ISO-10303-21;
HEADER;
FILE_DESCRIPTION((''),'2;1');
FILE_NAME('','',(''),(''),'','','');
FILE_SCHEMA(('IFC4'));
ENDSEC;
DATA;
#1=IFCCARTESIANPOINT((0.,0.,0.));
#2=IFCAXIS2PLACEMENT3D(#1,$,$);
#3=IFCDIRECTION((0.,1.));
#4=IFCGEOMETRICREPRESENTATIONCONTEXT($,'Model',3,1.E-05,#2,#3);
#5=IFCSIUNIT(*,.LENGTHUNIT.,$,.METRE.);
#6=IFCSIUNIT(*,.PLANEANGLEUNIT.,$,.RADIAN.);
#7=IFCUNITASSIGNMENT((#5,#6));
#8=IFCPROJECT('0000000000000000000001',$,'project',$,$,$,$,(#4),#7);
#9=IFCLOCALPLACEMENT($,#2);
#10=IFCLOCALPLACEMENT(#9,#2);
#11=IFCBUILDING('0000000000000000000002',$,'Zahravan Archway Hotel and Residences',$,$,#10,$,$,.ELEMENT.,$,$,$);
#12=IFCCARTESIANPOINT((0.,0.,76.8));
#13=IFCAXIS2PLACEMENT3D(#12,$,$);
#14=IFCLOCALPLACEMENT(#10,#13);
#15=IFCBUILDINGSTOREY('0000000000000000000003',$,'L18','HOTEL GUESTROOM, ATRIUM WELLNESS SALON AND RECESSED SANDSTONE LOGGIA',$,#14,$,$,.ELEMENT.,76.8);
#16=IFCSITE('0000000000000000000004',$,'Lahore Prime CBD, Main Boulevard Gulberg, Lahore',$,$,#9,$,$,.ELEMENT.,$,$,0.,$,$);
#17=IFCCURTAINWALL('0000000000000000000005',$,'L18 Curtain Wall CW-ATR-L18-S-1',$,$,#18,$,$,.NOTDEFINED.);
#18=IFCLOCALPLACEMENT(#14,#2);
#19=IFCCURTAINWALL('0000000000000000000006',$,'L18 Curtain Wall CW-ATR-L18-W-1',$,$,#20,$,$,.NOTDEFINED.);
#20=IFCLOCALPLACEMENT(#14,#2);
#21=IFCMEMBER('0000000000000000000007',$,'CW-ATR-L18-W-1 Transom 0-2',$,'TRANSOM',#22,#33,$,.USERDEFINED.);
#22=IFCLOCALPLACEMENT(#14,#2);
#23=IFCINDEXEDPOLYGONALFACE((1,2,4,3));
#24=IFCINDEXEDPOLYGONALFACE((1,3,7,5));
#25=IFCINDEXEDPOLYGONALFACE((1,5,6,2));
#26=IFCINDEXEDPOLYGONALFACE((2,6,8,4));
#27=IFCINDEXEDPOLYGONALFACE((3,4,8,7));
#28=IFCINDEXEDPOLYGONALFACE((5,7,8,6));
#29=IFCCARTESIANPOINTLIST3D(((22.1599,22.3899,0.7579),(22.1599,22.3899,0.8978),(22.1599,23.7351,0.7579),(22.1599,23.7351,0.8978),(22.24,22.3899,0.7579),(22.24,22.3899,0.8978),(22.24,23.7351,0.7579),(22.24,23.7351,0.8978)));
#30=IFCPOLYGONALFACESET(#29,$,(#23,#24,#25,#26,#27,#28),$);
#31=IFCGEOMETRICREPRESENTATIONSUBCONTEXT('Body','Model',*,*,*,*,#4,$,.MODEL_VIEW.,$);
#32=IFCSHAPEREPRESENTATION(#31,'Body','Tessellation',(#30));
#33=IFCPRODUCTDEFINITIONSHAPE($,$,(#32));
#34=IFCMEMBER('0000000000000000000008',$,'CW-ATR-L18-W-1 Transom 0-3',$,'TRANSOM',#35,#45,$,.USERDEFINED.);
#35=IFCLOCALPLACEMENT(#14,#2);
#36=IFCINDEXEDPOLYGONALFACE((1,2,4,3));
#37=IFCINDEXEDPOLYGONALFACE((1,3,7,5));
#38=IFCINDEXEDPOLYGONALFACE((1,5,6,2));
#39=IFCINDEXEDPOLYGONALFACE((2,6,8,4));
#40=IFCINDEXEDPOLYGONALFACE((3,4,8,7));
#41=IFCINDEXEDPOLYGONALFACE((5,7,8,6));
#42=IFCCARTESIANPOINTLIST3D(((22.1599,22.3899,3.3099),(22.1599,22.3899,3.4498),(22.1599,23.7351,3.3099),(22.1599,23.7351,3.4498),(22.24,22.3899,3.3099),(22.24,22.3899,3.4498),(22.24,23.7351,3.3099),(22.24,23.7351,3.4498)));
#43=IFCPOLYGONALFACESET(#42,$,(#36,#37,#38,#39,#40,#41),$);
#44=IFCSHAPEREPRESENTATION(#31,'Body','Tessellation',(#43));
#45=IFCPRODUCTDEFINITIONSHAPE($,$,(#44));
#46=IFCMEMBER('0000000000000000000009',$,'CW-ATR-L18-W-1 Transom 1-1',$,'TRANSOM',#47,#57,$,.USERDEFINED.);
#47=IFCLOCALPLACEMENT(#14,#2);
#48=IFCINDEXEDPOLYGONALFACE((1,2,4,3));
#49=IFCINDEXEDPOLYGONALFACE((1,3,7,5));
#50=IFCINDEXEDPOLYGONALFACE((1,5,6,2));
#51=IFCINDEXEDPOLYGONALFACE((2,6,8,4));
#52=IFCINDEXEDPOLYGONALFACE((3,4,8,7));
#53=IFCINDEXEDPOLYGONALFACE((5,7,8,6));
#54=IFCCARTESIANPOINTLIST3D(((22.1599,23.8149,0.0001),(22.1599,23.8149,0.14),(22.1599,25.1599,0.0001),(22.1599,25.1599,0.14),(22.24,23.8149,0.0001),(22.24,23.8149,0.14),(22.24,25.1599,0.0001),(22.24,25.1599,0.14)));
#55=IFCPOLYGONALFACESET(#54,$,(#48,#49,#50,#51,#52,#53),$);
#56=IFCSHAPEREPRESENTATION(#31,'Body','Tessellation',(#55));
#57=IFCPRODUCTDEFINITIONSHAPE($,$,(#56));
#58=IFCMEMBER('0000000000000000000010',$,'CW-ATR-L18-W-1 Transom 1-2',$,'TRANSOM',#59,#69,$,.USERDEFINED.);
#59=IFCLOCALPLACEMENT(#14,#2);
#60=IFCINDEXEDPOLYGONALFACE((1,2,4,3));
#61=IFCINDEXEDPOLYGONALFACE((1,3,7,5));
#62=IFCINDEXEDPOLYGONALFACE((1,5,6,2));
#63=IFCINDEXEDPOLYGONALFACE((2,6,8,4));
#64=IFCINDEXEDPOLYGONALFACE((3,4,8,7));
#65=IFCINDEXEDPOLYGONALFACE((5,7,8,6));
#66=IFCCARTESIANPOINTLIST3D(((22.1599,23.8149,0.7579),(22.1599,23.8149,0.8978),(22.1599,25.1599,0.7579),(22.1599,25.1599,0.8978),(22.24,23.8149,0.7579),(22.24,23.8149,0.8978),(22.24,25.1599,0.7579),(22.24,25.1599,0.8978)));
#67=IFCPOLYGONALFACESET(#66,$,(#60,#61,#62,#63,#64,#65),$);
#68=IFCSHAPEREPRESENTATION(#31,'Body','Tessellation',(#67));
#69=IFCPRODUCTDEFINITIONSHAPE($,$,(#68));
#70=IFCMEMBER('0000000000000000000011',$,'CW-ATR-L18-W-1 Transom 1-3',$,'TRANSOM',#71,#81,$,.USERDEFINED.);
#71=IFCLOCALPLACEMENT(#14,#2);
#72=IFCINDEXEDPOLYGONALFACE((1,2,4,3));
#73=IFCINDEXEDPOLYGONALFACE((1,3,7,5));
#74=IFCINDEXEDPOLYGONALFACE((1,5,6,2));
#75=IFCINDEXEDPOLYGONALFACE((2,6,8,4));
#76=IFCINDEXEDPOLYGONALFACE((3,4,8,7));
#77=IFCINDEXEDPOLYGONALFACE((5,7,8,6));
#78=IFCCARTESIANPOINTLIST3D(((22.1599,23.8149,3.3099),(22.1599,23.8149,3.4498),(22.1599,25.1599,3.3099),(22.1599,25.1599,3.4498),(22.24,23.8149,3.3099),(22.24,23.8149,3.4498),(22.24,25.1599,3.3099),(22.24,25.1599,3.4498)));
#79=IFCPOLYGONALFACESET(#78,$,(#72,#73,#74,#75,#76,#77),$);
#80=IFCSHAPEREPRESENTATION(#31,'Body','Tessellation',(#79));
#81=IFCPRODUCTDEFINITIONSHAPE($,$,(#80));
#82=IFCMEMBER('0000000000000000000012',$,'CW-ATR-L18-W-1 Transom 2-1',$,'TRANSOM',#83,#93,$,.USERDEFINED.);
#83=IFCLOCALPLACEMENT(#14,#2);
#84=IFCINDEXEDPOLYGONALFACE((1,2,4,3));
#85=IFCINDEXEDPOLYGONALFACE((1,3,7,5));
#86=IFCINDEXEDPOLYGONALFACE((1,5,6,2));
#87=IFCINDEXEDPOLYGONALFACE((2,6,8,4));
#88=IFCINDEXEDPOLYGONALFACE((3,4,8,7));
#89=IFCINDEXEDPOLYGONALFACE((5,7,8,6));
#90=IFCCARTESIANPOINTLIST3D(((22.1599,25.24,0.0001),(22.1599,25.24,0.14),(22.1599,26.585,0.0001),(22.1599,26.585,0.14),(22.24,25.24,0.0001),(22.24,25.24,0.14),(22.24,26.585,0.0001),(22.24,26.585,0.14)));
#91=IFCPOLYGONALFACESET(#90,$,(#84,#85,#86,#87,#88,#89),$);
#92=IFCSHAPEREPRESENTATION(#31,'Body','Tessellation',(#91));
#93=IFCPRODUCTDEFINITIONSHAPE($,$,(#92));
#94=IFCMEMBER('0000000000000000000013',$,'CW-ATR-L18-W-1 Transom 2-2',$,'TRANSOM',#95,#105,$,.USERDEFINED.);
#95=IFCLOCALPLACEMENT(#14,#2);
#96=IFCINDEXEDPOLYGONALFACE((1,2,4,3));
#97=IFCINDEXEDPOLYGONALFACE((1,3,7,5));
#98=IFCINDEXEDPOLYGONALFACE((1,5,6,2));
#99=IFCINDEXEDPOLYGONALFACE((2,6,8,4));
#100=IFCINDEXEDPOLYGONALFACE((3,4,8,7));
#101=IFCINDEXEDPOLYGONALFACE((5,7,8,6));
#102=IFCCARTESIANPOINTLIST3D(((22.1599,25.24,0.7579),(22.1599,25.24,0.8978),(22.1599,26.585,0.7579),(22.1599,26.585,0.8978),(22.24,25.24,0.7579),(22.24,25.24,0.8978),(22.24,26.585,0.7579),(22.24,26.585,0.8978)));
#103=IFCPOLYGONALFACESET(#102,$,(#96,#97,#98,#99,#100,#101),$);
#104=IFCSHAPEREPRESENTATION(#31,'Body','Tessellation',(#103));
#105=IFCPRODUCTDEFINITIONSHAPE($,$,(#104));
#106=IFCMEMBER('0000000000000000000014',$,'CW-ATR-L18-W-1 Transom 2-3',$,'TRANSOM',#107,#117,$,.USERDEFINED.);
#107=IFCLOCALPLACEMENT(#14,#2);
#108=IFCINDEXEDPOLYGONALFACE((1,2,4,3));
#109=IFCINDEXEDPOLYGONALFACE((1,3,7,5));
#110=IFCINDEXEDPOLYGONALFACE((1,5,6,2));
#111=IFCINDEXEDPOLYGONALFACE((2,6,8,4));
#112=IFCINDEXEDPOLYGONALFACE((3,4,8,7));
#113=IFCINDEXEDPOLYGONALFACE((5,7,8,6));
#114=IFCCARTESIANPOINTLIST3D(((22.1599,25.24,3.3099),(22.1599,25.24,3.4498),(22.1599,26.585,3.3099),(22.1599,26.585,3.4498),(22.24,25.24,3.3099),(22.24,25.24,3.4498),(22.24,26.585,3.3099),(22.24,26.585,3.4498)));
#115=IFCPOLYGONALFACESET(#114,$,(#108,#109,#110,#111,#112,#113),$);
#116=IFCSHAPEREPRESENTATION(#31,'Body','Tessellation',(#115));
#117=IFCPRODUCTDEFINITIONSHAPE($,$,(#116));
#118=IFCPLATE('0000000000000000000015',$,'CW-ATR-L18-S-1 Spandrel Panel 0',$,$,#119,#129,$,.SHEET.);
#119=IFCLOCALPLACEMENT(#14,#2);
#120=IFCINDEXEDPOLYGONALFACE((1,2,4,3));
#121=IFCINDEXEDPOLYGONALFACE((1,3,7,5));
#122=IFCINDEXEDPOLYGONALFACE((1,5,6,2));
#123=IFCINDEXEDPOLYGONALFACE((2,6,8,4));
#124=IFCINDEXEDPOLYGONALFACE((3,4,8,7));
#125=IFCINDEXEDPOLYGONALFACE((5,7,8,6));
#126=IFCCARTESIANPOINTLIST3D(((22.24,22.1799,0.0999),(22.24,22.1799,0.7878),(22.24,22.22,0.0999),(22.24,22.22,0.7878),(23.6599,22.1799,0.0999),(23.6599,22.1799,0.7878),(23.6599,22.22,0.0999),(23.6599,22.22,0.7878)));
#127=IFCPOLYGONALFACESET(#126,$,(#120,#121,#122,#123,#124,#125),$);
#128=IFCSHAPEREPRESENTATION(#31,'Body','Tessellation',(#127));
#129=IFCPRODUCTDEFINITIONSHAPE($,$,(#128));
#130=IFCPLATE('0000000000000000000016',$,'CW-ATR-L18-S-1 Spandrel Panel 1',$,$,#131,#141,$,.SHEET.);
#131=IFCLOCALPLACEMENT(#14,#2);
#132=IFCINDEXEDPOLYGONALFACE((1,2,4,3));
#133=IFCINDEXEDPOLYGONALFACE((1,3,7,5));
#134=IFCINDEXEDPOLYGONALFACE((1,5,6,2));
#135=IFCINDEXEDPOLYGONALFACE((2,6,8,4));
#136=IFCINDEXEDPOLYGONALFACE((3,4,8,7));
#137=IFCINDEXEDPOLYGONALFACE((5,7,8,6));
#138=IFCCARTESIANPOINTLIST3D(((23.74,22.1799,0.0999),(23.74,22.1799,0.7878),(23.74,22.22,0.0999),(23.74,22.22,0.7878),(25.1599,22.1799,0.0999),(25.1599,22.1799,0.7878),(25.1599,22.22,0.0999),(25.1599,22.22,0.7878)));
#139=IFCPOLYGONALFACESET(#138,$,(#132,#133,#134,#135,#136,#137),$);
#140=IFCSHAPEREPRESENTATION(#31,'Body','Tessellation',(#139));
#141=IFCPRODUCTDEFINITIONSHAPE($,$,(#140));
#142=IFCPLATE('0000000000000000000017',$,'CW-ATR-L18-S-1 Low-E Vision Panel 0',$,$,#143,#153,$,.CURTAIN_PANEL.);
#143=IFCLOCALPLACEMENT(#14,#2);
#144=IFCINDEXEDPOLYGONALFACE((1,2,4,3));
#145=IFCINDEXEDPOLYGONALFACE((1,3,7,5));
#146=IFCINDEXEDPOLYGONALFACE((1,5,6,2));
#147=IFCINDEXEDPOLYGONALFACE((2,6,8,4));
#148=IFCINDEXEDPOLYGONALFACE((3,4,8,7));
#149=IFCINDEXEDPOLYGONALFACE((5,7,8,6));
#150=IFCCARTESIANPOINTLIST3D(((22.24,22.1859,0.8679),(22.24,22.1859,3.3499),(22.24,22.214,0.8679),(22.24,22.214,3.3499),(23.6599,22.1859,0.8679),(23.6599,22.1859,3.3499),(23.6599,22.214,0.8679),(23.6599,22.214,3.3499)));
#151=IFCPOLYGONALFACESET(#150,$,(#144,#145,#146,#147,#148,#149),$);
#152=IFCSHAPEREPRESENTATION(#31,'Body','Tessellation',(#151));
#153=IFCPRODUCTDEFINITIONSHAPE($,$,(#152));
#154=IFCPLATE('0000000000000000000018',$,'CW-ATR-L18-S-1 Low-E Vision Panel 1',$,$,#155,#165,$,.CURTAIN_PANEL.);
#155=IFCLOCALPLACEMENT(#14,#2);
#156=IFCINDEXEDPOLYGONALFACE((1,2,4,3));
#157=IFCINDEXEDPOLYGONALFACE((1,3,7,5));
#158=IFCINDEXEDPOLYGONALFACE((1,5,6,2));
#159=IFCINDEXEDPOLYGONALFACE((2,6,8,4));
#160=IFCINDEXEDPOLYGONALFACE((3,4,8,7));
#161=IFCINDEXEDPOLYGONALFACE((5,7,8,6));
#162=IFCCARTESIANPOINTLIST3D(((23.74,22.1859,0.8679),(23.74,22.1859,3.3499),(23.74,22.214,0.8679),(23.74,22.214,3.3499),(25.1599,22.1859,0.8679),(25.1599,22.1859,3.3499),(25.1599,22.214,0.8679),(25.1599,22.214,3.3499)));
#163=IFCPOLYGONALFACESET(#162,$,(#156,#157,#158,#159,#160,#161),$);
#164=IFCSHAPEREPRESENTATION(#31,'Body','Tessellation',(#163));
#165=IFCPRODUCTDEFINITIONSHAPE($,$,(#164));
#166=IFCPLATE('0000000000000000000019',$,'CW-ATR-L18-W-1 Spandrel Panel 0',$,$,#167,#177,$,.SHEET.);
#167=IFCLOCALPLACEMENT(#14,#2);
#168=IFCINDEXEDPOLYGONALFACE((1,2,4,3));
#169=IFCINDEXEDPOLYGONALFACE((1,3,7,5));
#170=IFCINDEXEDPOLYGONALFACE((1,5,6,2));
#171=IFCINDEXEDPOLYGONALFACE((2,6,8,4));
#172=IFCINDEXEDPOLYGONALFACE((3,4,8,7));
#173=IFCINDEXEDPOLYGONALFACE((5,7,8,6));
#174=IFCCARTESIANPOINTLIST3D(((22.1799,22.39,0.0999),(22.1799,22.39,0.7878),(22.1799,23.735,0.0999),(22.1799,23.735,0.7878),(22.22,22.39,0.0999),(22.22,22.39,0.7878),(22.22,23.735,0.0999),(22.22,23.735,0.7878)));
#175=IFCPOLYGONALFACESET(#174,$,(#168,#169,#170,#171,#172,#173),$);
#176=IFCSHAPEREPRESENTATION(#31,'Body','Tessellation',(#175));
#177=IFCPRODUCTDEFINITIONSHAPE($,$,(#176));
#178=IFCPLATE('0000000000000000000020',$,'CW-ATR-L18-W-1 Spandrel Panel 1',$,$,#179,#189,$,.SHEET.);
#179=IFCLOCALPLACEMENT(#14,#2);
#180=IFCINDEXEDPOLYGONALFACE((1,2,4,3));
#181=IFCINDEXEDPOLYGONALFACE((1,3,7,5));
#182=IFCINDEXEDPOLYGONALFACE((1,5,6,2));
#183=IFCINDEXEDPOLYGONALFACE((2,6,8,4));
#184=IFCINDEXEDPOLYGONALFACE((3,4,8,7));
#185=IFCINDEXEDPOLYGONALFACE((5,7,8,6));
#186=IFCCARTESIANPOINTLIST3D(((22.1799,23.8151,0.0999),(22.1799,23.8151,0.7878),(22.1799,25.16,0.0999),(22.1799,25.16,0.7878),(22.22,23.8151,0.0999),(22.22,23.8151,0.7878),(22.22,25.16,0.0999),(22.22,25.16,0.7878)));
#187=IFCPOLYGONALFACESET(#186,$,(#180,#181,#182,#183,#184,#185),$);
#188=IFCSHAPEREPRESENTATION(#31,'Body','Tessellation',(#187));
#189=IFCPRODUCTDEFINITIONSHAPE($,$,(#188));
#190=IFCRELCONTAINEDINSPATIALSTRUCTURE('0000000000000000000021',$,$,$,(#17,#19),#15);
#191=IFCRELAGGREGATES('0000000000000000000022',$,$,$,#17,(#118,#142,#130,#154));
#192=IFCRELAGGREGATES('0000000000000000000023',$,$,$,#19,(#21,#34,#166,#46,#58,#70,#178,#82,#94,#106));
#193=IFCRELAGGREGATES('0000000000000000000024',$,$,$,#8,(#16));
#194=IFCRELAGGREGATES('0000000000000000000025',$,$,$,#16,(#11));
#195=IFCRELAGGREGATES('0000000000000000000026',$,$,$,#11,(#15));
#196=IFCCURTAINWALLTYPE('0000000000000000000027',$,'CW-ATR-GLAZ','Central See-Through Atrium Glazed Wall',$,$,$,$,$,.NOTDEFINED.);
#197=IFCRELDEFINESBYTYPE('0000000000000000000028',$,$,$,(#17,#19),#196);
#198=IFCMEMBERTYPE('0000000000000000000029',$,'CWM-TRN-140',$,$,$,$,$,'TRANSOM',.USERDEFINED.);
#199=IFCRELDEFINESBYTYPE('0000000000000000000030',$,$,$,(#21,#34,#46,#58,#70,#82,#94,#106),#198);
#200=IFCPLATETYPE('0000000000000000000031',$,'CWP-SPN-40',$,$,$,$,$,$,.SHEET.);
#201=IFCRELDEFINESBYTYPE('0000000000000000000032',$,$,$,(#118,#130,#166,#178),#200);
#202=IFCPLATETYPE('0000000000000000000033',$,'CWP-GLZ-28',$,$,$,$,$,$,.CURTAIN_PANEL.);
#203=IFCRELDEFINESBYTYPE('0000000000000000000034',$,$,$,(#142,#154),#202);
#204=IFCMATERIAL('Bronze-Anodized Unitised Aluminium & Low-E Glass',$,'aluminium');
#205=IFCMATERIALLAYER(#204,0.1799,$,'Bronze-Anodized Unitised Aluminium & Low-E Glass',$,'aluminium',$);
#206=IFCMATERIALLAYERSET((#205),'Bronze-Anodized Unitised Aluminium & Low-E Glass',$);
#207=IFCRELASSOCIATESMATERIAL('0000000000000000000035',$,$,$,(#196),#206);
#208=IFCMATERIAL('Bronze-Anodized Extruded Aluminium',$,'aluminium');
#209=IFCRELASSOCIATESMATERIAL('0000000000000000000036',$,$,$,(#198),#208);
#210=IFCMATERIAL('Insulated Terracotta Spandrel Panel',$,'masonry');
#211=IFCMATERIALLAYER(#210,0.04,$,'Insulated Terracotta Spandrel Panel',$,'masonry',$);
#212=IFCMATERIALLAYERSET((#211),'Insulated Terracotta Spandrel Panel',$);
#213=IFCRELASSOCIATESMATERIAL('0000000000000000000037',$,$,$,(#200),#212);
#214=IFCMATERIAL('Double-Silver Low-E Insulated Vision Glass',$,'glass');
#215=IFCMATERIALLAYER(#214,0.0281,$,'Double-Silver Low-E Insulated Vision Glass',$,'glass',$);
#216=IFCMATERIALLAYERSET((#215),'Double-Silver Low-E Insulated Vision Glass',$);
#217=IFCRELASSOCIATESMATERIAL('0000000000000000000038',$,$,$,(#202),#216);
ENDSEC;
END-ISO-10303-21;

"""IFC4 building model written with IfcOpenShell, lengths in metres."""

from ifc_helpers import new_model, si_unit, direction, frame, origin, origin_2d, place, context, subcontext, project, spatial, rectangle, extrude, source, transform, mapped, material, layer, layer_set, material_profile, profile_set, type_object, element, aggregate, save


model = new_model("IFC4")

# Units and contexts
model_context = context("Model", 3, precision=1e-05, world=origin(), true_north=direction((0.0, 1.0)))
body_context = subcontext(model_context, "Body", "Model", "MODEL_VIEW")
ifc_project = project(units=[si_unit("LENGTHUNIT", "METRE"), si_unit("PLANEANGLEUNIT", "RADIAN")], contexts=[model_context])

# Site, building, storey
site_placement = place(None, origin())
site = spatial("IfcSite", under=ifc_project, at=site_placement, Name="Lahore Prime CBD, Main Boulevard Gulberg, Lahore", CompositionType="ELEMENT", RefElevation=0.0)
building_placement = place(site_placement, origin())
building = spatial("IfcBuilding", under=site, at=building_placement, Name="Zahravan Archway Hotel and Residences", CompositionType="ELEMENT")
storey_placement = place(building_placement, frame((0.0, 0.0, 76.8)))
storey = spatial("IfcBuildingStorey", under=building, at=storey_placement, Name="L18", Description="HOTEL GUESTROOM, ATRIUM WELLNESS SALON AND RECESSED SANDSTONE LOGGIA", CompositionType="ELEMENT", Elevation=76.8)

# Curtain walls
ifc_material_1 = material(Name="Bronze-Anodized Unitised Aluminium & Low-E Glass", Category="aluminium")
ifc_layer_1 = layer(ifc_material_1, 0.1799, Name="Bronze-Anodized Unitised Aluminium & Low-E Glass", Category="aluminium")
ifc_layer_set_1 = layer_set([ifc_layer_1], Name="Bronze-Anodized Unitised Aluminium & Low-E Glass")
curtain_wall_type = type_object("IfcCurtainWallType", Name="CW-ATR-GLAZ", Description="Central See-Through Atrium Glazed Wall", PredefinedType="NOTDEFINED", material=ifc_layer_set_1)
curtain_wall_1_placement = place(storey_placement, origin())
curtain_wall_1 = element("IfcCurtainWall", 1, at=curtain_wall_1_placement, inside=storey, type_object=curtain_wall_type, Name="L18 Curtain Wall CW-ATR-L18-S-1", PredefinedType="NOTDEFINED")
ifc_material_2 = material(Name="Bronze-Anodized Extruded Aluminium", Category="aluminium")
curtain_wall_2_placement = place(storey_placement, origin())
curtain_wall_2 = element("IfcCurtainWall", 2, at=curtain_wall_2_placement, inside=storey, type_object=curtain_wall_type, Name="L18 Curtain Wall CW-ATR-L18-W-1", PredefinedType="NOTDEFINED")

# Members
ifc_material_profile_1 = material_profile(ifc_material_2, rectangle(XDim=0.0801, YDim=0.1399, at=origin_2d()), Name="TRN 80x140", Category="aluminium")
ifc_profile_set_1 = profile_set([ifc_material_profile_1], Name="Bronze-Anodized Extruded Aluminium")
member_type_1 = type_object("IfcMemberType", Name="CWM-TRN-140", ElementType="TRANSOM", PredefinedType="USERDEFINED", material=ifc_profile_set_1)
shared_shape_1 = source(origin(), body_context, "Body", "SweptSolid", [
    extrude(rectangle(XDim=0.0801, YDim=0.1399, at=origin_2d()), origin(), (0.0, 0.0, 1.0), 1.3452),
])
member_1_placement = place(storey_placement, frame((22.2, 22.3899, 0.8279), z_axis=(0.0, 1.0, 0.0), x_axis=(-1.0, 0.0, 0.0)))
member_1 = element("IfcMember", 3, at=member_1_placement, type_object=member_type_1, Name="CW-ATR-L18-W-1 Transom 0-2", ObjectType="TRANSOM", PredefinedType="USERDEFINED", context=body_context, shape_type="MappedRepresentation", body=[
    mapped(shared_shape_1, transform((0.0, 0.0, 0.0), scale=1.0)),
])
member_2_placement = place(storey_placement, frame((22.2, 22.3899, 3.3799), z_axis=(0.0, 1.0, 0.0), x_axis=(-1.0, 0.0, 0.0)))
member_2 = element("IfcMember", 4, at=member_2_placement, type_object=member_type_1, Name="CW-ATR-L18-W-1 Transom 0-3", ObjectType="TRANSOM", PredefinedType="USERDEFINED", context=body_context, shape_type="MappedRepresentation", body=[
    mapped(shared_shape_1, transform((0.0, 0.0, 0.0), scale=1.0)),
])
shared_shape_2 = source(origin(), body_context, "Body", "SweptSolid", [
    extrude(rectangle(XDim=0.0801, YDim=0.1399, at=origin_2d()), origin(), (0.0, 0.0, 1.0), 1.345),
])
member_3_placement = place(storey_placement, frame((22.2, 23.8149, 0.0701), z_axis=(0.0, 1.0, 0.0), x_axis=(-1.0, 0.0, 0.0)))
member_3 = element("IfcMember", 5, at=member_3_placement, type_object=member_type_1, Name="CW-ATR-L18-W-1 Transom 1-1", ObjectType="TRANSOM", PredefinedType="USERDEFINED", context=body_context, shape_type="MappedRepresentation", body=[
    mapped(shared_shape_2, transform((0.0, 0.0, 0.0), scale=1.0)),
])
member_4_placement = place(storey_placement, frame((22.2, 23.8149, 0.8279), z_axis=(0.0, 1.0, 0.0), x_axis=(-1.0, 0.0, 0.0)))
member_4 = element("IfcMember", 6, at=member_4_placement, type_object=member_type_1, Name="CW-ATR-L18-W-1 Transom 1-2", ObjectType="TRANSOM", PredefinedType="USERDEFINED", context=body_context, shape_type="MappedRepresentation", body=[
    mapped(shared_shape_2, transform((0.0, 0.0, 0.0), scale=1.0)),
])
member_5_placement = place(storey_placement, frame((22.2, 23.8149, 3.3799), z_axis=(0.0, 1.0, 0.0), x_axis=(-1.0, 0.0, 0.0)))
member_5 = element("IfcMember", 7, at=member_5_placement, type_object=member_type_1, Name="CW-ATR-L18-W-1 Transom 1-3", ObjectType="TRANSOM", PredefinedType="USERDEFINED", context=body_context, shape_type="MappedRepresentation", body=[
    mapped(shared_shape_2, transform((0.0, 0.0, 0.0), scale=1.0)),
])
member_6_placement = place(storey_placement, frame((22.2, 25.24, 0.0701), z_axis=(0.0, 1.0, 0.0), x_axis=(-1.0, 0.0, 0.0)))
member_6 = element("IfcMember", 8, at=member_6_placement, type_object=member_type_1, Name="CW-ATR-L18-W-1 Transom 2-1", ObjectType="TRANSOM", PredefinedType="USERDEFINED", context=body_context, shape_type="MappedRepresentation", body=[
    mapped(shared_shape_2, transform((0.0, 0.0, 0.0), scale=1.0)),
])
member_7_placement = place(storey_placement, frame((22.2, 25.24, 0.8279), z_axis=(0.0, 1.0, 0.0), x_axis=(-1.0, 0.0, 0.0)))
member_7 = element("IfcMember", 9, at=member_7_placement, type_object=member_type_1, Name="CW-ATR-L18-W-1 Transom 2-2", ObjectType="TRANSOM", PredefinedType="USERDEFINED", context=body_context, shape_type="MappedRepresentation", body=[
    mapped(shared_shape_2, transform((0.0, 0.0, 0.0), scale=1.0)),
])
member_8_placement = place(storey_placement, frame((22.2, 25.24, 3.3799), z_axis=(0.0, 1.0, 0.0), x_axis=(-1.0, 0.0, 0.0)))
member_8 = element("IfcMember", 10, at=member_8_placement, type_object=member_type_1, Name="CW-ATR-L18-W-1 Transom 2-3", ObjectType="TRANSOM", PredefinedType="USERDEFINED", context=body_context, shape_type="MappedRepresentation", body=[
    mapped(shared_shape_2, transform((0.0, 0.0, 0.0), scale=1.0)),
])

# Plates
ifc_material_3 = material(Name="Insulated Terracotta Spandrel Panel", Category="masonry")
ifc_layer_2 = layer(ifc_material_3, 0.04, Name="Insulated Terracotta Spandrel Panel", Category="masonry")
ifc_layer_set_2 = layer_set([ifc_layer_2], Name="Insulated Terracotta Spandrel Panel")
plate_type_1 = type_object("IfcPlateType", Name="CWP-SPN-40", PredefinedType="SHEET", material=ifc_layer_set_2)
shared_shape_3 = source(origin(), body_context, "Body", "SweptSolid", [
    extrude(rectangle(XDim=1.4199, YDim=0.04, at=origin_2d()), origin(), (0.0, 0.0, 1.0), 0.688),
])
plate_1_placement = place(storey_placement, frame((22.95, 22.2, 0.0999), z_axis=(0.0, 0.0, 1.0), x_axis=(1.0, 0.0, 0.0)))
plate_1 = element("IfcPlate", 11, at=plate_1_placement, type_object=plate_type_1, Name="CW-ATR-L18-S-1 Spandrel Panel 0", PredefinedType="SHEET", context=body_context, shape_type="MappedRepresentation", body=[
    mapped(shared_shape_3, transform((0.0, 0.0, 0.0), scale=1.0)),
])
plate_2_placement = place(storey_placement, frame((24.45, 22.2, 0.0999), z_axis=(0.0, 0.0, 1.0), x_axis=(1.0, 0.0, 0.0)))
plate_2 = element("IfcPlate", 12, at=plate_2_placement, type_object=plate_type_1, Name="CW-ATR-L18-S-1 Spandrel Panel 1", PredefinedType="SHEET", context=body_context, shape_type="MappedRepresentation", body=[
    mapped(shared_shape_3, transform((0.0, 0.0, 0.0), scale=1.0)),
])
ifc_material_4 = material(Name="Double-Silver Low-E Insulated Vision Glass", Category="glass")
ifc_layer_3 = layer(ifc_material_4, 0.0281, Name="Double-Silver Low-E Insulated Vision Glass", Category="glass")
ifc_layer_set_3 = layer_set([ifc_layer_3], Name="Double-Silver Low-E Insulated Vision Glass")
plate_type_2 = type_object("IfcPlateType", Name="CWP-GLZ-28", PredefinedType="CURTAIN_PANEL", material=ifc_layer_set_3)
shared_shape_4 = source(origin(), body_context, "Body", "SweptSolid", [
    extrude(rectangle(XDim=1.4199, YDim=0.0281, at=origin_2d()), origin(), (0.0, 0.0, 1.0), 2.4819),
])
plate_3_placement = place(storey_placement, frame((22.95, 22.2, 0.8679), z_axis=(0.0, 0.0, 1.0), x_axis=(1.0, 0.0, 0.0)))
plate_3 = element("IfcPlate", 13, at=plate_3_placement, type_object=plate_type_2, Name="CW-ATR-L18-S-1 Low-E Vision Panel 0", PredefinedType="CURTAIN_PANEL", context=body_context, shape_type="MappedRepresentation", body=[
    mapped(shared_shape_4, transform((0.0, 0.0, 0.0), scale=1.0)),
])
plate_4_placement = place(storey_placement, frame((24.45, 22.2, 0.8679), z_axis=(0.0, 0.0, 1.0), x_axis=(1.0, 0.0, 0.0)))
plate_4 = element("IfcPlate", 14, at=plate_4_placement, type_object=plate_type_2, Name="CW-ATR-L18-S-1 Low-E Vision Panel 1", PredefinedType="CURTAIN_PANEL", context=body_context, shape_type="MappedRepresentation", body=[
    mapped(shared_shape_4, transform((0.0, 0.0, 0.0), scale=1.0)),
])
aggregate(curtain_wall_1, [plate_1, plate_3, plate_2, plate_4])
shared_shape_5 = source(origin(), body_context, "Body", "SweptSolid", [
    extrude(rectangle(XDim=1.345, YDim=0.04, at=origin_2d()), origin(), (0.0, 0.0, 1.0), 0.688),
])
plate_5_placement = place(storey_placement, frame((22.2, 23.0625, 0.0999), z_axis=(0.0, 0.0, 1.0), x_axis=(0.0, 1.0, 0.0)))
plate_5 = element("IfcPlate", 15, at=plate_5_placement, type_object=plate_type_1, Name="CW-ATR-L18-W-1 Spandrel Panel 0", PredefinedType="SHEET", context=body_context, shape_type="MappedRepresentation", body=[
    mapped(shared_shape_5, transform((0.0, 0.0, 0.0), scale=1.0)),
])
plate_6_placement = place(storey_placement, frame((22.2, 24.4875, 0.0999), z_axis=(0.0, 0.0, 1.0), x_axis=(0.0, 1.0, 0.0)))
plate_6 = element("IfcPlate", 16, at=plate_6_placement, type_object=plate_type_1, Name="CW-ATR-L18-W-1 Spandrel Panel 1", PredefinedType="SHEET", context=body_context, shape_type="MappedRepresentation", body=[
    mapped(shared_shape_5, transform((0.0, 0.0, 0.0), scale=1.0)),
])
aggregate(curtain_wall_2, [member_1, member_2, plate_5, member_3, member_4, member_5, plate_6, member_6, member_7, member_8])

save(model, "model.ifc")
